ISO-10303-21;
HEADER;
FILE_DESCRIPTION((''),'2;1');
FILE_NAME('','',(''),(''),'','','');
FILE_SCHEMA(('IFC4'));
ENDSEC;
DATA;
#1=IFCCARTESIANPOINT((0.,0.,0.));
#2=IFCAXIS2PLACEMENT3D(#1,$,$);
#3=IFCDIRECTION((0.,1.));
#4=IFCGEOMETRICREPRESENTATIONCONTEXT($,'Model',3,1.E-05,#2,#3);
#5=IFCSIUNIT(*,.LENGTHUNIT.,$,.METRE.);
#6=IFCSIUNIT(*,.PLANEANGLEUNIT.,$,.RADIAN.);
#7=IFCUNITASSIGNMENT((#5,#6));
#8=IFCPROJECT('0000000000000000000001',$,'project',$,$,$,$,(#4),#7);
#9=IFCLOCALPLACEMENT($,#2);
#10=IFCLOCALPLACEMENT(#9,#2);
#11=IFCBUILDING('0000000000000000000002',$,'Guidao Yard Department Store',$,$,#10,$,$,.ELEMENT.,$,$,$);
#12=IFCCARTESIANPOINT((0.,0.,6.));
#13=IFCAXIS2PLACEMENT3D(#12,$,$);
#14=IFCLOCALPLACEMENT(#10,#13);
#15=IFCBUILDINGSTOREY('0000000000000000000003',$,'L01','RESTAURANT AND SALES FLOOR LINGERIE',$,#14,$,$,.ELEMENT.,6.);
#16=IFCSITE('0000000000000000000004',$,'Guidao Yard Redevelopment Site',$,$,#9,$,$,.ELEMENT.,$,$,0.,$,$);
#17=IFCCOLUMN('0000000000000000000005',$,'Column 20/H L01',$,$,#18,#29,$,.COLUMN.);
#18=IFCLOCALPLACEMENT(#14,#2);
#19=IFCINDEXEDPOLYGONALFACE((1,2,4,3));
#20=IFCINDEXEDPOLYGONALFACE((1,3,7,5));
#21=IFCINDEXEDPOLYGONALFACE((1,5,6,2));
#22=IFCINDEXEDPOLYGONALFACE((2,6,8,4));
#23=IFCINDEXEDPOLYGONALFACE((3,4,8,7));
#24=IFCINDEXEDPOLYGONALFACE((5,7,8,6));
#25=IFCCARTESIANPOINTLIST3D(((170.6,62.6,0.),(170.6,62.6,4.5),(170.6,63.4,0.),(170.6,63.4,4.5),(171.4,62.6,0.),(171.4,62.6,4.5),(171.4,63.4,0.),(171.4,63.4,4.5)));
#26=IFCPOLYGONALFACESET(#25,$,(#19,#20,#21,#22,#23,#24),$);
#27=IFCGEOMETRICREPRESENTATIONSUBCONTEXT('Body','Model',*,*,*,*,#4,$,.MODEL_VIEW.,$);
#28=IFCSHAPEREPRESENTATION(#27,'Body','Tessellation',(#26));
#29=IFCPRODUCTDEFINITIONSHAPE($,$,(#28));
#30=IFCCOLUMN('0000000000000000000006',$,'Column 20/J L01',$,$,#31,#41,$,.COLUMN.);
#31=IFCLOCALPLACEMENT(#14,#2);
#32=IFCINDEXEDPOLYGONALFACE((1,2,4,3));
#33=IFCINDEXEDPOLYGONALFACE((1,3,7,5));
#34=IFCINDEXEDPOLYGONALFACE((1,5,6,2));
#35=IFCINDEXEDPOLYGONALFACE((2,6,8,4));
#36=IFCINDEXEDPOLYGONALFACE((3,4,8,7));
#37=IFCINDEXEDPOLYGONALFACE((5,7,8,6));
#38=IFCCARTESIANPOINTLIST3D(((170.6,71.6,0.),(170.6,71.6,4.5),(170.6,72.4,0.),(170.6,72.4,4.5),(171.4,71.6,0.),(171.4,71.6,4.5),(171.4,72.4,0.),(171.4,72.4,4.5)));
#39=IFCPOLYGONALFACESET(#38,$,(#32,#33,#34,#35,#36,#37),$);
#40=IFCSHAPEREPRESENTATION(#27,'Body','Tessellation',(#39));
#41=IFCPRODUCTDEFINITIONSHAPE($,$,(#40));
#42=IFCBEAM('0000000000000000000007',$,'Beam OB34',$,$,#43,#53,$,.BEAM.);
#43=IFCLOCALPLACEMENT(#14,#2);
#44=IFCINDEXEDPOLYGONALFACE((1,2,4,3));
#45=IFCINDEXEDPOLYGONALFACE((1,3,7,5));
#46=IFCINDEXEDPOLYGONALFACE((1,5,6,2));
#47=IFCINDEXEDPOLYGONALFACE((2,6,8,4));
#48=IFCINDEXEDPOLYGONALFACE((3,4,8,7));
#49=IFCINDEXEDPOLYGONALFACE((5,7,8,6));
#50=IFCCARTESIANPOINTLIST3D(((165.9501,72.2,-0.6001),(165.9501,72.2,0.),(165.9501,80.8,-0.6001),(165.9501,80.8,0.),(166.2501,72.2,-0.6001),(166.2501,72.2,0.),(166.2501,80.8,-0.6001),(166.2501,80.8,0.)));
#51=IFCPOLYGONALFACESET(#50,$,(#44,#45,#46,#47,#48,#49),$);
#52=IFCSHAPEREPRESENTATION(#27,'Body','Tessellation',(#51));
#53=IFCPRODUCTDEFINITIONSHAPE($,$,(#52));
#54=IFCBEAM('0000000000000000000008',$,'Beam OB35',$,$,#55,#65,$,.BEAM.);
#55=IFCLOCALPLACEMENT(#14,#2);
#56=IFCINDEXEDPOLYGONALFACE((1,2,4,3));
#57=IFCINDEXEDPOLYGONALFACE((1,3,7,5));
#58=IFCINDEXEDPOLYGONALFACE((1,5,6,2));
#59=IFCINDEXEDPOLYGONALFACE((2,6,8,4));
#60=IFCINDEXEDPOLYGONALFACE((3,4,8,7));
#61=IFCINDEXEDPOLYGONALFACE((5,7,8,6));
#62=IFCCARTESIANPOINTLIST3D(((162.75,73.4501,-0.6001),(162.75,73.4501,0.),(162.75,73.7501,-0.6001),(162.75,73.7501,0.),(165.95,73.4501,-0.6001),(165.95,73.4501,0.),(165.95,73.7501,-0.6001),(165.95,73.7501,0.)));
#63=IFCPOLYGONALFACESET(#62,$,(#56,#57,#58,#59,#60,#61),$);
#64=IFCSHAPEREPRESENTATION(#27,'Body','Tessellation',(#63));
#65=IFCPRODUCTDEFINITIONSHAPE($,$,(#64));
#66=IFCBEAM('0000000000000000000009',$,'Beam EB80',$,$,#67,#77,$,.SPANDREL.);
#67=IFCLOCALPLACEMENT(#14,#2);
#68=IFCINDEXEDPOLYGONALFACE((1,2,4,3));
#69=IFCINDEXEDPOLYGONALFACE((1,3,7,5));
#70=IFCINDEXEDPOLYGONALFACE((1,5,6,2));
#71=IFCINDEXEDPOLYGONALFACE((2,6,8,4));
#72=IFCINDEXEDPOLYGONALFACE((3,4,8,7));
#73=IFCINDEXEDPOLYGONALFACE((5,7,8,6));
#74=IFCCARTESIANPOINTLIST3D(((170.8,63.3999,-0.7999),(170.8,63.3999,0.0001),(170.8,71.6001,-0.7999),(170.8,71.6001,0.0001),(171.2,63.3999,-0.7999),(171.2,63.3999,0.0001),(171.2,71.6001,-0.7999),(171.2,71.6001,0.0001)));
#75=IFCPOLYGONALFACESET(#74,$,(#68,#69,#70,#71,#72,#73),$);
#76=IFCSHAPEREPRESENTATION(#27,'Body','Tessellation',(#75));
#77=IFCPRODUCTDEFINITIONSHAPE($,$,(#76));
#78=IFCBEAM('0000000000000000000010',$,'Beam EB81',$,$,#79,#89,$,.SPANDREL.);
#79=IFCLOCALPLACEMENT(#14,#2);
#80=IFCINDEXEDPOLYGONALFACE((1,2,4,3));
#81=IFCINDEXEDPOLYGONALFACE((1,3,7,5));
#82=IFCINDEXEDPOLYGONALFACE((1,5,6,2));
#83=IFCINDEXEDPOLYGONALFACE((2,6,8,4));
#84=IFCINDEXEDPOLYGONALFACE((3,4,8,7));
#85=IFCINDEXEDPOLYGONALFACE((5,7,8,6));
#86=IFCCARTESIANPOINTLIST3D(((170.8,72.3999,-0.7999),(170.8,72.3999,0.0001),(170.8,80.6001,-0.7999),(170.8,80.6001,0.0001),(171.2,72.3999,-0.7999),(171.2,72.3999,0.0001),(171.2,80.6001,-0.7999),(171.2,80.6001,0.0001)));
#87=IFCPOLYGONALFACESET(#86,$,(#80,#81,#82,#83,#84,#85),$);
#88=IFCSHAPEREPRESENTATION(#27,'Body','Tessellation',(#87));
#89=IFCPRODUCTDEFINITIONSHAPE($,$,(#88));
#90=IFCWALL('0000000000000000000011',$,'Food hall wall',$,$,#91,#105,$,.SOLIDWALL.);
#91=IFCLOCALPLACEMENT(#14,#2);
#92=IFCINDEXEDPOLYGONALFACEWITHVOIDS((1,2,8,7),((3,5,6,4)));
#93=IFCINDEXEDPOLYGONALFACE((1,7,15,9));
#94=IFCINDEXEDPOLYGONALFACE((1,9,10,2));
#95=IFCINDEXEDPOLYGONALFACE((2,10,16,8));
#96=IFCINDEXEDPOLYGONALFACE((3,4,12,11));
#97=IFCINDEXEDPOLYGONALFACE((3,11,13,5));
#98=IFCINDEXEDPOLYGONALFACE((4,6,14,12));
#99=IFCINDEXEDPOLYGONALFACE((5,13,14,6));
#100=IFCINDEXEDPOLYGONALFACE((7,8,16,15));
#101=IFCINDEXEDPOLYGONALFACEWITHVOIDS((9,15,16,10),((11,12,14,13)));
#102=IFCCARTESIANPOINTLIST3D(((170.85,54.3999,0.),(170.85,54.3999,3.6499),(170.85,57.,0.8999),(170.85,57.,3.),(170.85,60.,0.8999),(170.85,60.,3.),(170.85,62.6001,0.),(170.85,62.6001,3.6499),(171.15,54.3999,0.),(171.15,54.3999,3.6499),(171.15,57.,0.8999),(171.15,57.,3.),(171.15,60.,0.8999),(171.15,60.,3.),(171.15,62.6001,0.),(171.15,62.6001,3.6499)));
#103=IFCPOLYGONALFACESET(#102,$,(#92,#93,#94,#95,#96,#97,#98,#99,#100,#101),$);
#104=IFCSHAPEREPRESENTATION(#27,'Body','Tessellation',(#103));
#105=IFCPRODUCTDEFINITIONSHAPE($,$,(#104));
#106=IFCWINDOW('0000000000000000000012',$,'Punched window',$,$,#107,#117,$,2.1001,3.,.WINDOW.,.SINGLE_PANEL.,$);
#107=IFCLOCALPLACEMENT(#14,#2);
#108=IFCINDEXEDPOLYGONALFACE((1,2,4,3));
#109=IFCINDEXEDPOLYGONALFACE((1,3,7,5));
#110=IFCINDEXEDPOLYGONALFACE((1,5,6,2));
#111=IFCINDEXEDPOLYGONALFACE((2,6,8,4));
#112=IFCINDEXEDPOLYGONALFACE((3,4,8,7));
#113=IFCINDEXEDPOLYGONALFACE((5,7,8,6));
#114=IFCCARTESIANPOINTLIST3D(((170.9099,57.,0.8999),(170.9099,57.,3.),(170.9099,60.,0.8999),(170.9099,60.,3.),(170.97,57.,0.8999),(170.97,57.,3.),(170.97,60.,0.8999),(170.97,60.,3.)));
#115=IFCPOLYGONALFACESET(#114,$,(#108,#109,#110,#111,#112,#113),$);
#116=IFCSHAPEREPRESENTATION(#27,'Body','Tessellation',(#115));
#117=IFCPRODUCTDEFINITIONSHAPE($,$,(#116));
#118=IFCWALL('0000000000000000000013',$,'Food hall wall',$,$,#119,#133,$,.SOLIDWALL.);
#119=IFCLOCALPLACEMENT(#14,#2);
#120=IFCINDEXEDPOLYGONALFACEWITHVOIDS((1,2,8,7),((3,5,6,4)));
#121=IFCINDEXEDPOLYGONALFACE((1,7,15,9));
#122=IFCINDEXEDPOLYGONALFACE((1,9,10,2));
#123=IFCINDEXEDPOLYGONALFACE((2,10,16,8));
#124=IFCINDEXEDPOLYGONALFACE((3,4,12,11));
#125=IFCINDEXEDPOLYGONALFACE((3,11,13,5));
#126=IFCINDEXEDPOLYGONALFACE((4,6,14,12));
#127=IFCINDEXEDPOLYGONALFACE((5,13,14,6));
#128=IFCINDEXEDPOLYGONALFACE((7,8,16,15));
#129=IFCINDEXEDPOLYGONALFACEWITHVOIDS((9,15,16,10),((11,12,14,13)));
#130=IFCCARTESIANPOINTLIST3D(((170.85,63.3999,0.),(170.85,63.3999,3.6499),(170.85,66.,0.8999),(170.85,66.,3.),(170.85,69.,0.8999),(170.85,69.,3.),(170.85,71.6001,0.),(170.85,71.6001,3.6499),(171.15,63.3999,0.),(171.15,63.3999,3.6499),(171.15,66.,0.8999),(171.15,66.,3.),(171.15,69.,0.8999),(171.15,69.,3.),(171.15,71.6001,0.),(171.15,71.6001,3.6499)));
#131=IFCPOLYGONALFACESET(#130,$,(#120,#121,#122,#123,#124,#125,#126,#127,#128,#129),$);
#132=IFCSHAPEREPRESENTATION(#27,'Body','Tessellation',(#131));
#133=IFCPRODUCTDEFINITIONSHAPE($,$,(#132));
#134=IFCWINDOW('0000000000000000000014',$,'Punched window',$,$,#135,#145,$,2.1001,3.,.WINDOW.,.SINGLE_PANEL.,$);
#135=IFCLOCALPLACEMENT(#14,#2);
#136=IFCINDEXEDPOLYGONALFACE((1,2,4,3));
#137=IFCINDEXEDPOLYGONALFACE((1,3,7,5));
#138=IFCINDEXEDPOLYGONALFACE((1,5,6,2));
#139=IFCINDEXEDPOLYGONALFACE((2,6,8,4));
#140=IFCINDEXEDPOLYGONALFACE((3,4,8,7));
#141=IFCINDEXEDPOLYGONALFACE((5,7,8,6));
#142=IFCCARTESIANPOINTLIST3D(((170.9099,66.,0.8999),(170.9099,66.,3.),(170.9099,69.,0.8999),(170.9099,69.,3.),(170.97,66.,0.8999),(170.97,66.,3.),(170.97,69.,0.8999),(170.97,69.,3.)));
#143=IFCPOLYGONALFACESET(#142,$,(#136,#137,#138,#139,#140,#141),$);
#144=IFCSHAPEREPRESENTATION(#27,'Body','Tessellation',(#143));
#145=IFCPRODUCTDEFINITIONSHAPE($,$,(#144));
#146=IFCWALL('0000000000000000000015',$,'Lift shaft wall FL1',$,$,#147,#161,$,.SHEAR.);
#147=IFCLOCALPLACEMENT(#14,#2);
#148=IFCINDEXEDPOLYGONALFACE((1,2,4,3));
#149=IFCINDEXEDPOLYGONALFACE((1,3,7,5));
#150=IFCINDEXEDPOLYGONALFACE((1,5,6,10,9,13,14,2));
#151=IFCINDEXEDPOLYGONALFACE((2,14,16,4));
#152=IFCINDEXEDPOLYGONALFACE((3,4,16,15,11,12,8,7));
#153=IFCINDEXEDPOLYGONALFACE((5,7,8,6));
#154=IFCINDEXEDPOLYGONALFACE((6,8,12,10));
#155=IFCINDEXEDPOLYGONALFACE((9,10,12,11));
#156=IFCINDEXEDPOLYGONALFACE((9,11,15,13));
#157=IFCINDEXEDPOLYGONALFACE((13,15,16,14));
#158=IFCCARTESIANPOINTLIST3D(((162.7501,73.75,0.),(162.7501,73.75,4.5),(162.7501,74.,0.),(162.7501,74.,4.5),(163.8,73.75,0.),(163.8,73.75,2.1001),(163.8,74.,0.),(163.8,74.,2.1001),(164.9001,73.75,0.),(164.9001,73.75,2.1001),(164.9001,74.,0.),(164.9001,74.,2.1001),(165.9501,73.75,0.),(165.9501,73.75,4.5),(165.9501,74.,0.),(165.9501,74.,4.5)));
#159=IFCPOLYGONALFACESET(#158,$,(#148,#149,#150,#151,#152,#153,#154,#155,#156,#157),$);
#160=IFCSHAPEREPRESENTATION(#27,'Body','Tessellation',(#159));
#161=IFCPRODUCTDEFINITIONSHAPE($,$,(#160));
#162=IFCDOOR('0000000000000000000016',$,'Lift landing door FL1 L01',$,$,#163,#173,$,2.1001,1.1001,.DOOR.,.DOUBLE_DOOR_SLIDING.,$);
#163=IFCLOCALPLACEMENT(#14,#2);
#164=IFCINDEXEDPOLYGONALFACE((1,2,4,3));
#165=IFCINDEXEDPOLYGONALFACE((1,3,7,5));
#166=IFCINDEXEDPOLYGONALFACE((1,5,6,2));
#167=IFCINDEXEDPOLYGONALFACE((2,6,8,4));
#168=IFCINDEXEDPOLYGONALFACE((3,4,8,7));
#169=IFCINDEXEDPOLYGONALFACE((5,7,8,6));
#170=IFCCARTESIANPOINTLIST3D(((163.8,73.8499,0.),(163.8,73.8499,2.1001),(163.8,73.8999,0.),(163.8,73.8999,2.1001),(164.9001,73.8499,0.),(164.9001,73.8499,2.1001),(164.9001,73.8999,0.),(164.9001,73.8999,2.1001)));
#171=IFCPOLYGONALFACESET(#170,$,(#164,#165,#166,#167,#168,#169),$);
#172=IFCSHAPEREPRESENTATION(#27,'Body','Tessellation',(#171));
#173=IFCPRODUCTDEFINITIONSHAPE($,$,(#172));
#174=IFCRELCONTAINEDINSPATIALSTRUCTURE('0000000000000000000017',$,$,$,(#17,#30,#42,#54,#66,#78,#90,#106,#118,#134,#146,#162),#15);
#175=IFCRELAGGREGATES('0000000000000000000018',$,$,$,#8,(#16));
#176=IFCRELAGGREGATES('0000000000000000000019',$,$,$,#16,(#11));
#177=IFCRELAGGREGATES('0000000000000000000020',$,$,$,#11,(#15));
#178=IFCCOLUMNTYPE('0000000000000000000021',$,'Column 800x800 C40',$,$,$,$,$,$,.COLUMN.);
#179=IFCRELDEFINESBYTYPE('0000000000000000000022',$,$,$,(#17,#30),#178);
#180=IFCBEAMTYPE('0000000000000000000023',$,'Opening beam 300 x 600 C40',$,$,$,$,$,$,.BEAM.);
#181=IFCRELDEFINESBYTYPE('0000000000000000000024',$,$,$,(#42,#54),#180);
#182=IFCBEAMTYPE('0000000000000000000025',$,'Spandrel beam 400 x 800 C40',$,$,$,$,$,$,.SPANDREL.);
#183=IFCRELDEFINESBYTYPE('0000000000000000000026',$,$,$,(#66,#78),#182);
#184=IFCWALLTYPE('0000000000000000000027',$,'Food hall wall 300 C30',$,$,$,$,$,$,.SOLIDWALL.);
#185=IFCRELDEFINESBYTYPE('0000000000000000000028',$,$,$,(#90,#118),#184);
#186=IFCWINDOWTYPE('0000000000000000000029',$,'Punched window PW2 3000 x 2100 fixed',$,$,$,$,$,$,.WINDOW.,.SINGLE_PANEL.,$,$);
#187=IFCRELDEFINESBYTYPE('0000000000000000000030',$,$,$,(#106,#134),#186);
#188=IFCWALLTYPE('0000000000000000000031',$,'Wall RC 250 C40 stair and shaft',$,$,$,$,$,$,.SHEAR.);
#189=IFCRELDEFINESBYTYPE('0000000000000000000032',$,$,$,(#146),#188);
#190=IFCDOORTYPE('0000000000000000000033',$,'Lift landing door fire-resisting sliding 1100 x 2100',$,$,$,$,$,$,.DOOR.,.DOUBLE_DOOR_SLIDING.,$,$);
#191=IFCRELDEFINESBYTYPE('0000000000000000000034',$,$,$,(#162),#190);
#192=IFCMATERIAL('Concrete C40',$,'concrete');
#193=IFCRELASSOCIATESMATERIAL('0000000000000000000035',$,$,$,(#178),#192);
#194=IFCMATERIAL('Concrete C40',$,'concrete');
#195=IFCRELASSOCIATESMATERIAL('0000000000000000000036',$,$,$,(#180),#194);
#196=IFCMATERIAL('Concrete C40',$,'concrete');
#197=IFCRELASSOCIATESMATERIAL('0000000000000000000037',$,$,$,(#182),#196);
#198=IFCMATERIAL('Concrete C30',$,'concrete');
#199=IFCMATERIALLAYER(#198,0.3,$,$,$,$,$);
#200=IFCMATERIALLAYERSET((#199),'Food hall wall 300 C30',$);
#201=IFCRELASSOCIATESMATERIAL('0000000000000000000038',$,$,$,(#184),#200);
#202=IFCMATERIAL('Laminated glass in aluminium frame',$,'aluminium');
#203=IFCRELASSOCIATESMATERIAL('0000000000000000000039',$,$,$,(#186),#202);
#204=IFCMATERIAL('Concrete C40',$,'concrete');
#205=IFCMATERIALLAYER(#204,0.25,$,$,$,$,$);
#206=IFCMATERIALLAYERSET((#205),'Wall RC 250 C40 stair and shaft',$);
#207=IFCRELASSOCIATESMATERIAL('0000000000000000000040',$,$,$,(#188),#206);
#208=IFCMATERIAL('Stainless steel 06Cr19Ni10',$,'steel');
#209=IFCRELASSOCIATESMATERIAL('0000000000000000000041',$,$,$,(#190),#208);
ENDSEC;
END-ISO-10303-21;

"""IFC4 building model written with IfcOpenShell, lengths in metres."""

from ifc_helpers import new_model, si_unit, direction, frame, frame_2d, origin, origin_2d, place, context, subcontext, project, spatial, rectangle, extrude, material, layer, layer_set, material_profile, profile_set, type_object, element, fill, save


model = new_model("IFC4")

# Units and contexts
model_context = context("Model", 3, precision=1e-05, world=origin(), true_north=direction((0.0, 1.0)))
body_context = subcontext(model_context, "Body", "Model", "MODEL_VIEW")
ifc_project = project(units=[si_unit("LENGTHUNIT", "METRE"), si_unit("PLANEANGLEUNIT", "RADIAN")], contexts=[model_context])

# Site, building, storey
site_placement = place(None, origin())
site = spatial("IfcSite", under=ifc_project, at=site_placement, Name="Guidao Yard Redevelopment Site", CompositionType="ELEMENT", RefElevation=0.0)
building_placement = place(site_placement, origin())
building = spatial("IfcBuilding", under=site, at=building_placement, Name="Guidao Yard Department Store", CompositionType="ELEMENT")
storey_placement = place(building_placement, frame((0.0, 0.0, 6.0)))
storey = spatial("IfcBuildingStorey", under=building, at=storey_placement, Name="L01", Description="RESTAURANT AND SALES FLOOR LINGERIE", CompositionType="ELEMENT", Elevation=6.0)

# Columns
ifc_material_1 = material(Name="Concrete C40", Category="concrete")
ifc_material_profile_1 = material_profile(ifc_material_1, rectangle(XDim=0.8, YDim=0.8, at=origin_2d()), Name="COL 800x800")
ifc_profile_set_1 = profile_set([ifc_material_profile_1], Name="Concrete C40")
column_type = type_object("IfcColumnType", Name="Column 800x800 C40", PredefinedType="COLUMN", material=ifc_profile_set_1)
for number, where, z_axis, x_axis, name in (
    (1, (171.0, 63.0, 0.0), (0.0, 0.0, 1.0), (1.0, 0.0, 0.0), "Column 20/H L01"),
    (2, (171.0, 72.0, 0.0), (0.0, 0.0, 1.0), (1.0, 0.0, 0.0), "Column 20/J L01"),
):
    element("IfcColumn", number, at=place(storey_placement, frame(where, z_axis=z_axis, x_axis=x_axis)), inside=storey, type_object=column_type, Name=name, PredefinedType="COLUMN", context=body_context, shape_type="SweptSolid", body=[
        extrude(rectangle(XDim=0.8, YDim=0.8, at=origin_2d()), origin(), (0.0, 0.0, 1.0), 4.5),
    ])

# Beams
ifc_material_2 = material(Name="Concrete C40", Category="concrete")
ifc_material_profile_2 = material_profile(ifc_material_2, rectangle(XDim=0.3, YDim=0.6001, at=origin_2d()), Name="Opening beam 300 x 600 C40")
ifc_profile_set_2 = profile_set([ifc_material_profile_2], Name="Concrete C40")
beam_type_1 = type_object("IfcBeamType", Name="Opening beam 300 x 600 C40", PredefinedType="BEAM", material=ifc_profile_set_2)
beam_1_placement = place(storey_placement, frame((166.1001, 72.2, -0.3), z_axis=(0.0, 1.0, 0.0), x_axis=(-1.0, 0.0, 0.0)))
element("IfcBeam", 3, at=beam_1_placement, inside=storey, type_object=beam_type_1, Name="Beam OB34", PredefinedType="BEAM", context=body_context, shape_type="SweptSolid", body=[
    extrude(rectangle(XDim=0.3, YDim=0.6001, at=origin_2d()), origin(), (0.0, 0.0, 1.0), 8.6001),
])
beam_2_placement = place(storey_placement, frame((162.75, 73.6001, -0.3), z_axis=(1.0, 0.0, 0.0), x_axis=(0.0, 1.0, 0.0)))
element("IfcBeam", 4, at=beam_2_placement, inside=storey, type_object=beam_type_1, Name="Beam OB35", PredefinedType="BEAM", context=body_context, shape_type="SweptSolid", body=[
    extrude(rectangle(XDim=0.3, YDim=0.6001, at=origin_2d()), origin(), (0.0, 0.0, 1.0), 3.2),
])
ifc_material_3 = material(Name="Concrete C40", Category="concrete")
ifc_material_profile_3 = material_profile(ifc_material_3, rectangle(XDim=0.3999, YDim=0.8, at=origin_2d()), Name="Spandrel beam 400 x 800 C40")
ifc_profile_set_3 = profile_set([ifc_material_profile_3], Name="Concrete C40")
beam_type_2 = type_object("IfcBeamType", Name="Spandrel beam 400 x 800 C40", PredefinedType="SPANDREL", material=ifc_profile_set_3)
for number, where, z_axis, x_axis, name in (
    (5, (171.0, 63.3999, -0.3999), (0.0, 1.0, 0.0), (-1.0, 0.0, 0.0), "Beam EB80"),
    (6, (171.0, 72.3999, -0.3999), (0.0, 1.0, 0.0), (-1.0, 0.0, 0.0), "Beam EB81"),
):
    element("IfcBeam", number, at=place(storey_placement, frame(where, z_axis=z_axis, x_axis=x_axis)), inside=storey, type_object=beam_type_2, Name=name, PredefinedType="SPANDREL", context=body_context, shape_type="SweptSolid", body=[
        extrude(rectangle(XDim=0.3999, YDim=0.8, at=origin_2d()), origin(), (0.0, 0.0, 1.0), 8.2002),
    ])

# Walls, openings, windows
ifc_material_4 = material(Name="Concrete C30", Category="concrete")
ifc_layer_1 = layer(ifc_material_4, 0.3)
ifc_layer_set_1 = layer_set([ifc_layer_1], Name="Food hall wall 300 C30")
wall_type_1 = type_object("IfcWallType", Name="Food hall wall 300 C30", PredefinedType="SOLIDWALL", material=ifc_layer_set_1)
wall_1_placement = place(storey_placement, frame((171.0, 62.6001, 0.0), z_axis=(0.0, 0.0, 1.0), x_axis=(0.0, -1.0, 0.0)))
wall_1 = element("IfcWall", 7, at=wall_1_placement, inside=storey, type_object=wall_type_1, Name="Food hall wall", PredefinedType="SOLIDWALL", context=body_context, shape_type="SweptSolid", body=[
    extrude(rectangle(XDim=8.2002, YDim=0.3, at=frame_2d((4.1001, 0.0))), origin(), (0.0, 0.0, 1.0), 3.6499),
])
opening_1_placement = place(wall_1_placement, frame((2.6001, 0.0, 0.8999)))
opening_1 = element("IfcOpeningElement", 8, at=opening_1_placement, cuts=wall_1, PredefinedType="OPENING", context=body_context, shape_type="SweptSolid", body=[
    extrude(rectangle(XDim=3.0, YDim=2.1001, at=frame_2d((1.5, 1.05))), frame((0.0, 0.1599, 0.0), z_axis=(0.0, -1.0, 0.0), x_axis=(1.0, 0.0, 0.0)), (0.0, 0.0, 1.0), 0.3201),
])
ifc_material_5 = material(Name="Laminated glass in aluminium frame", Category="aluminium")
window_type = type_object("IfcWindowType", Name="Punched window PW2 3000 x 2100 fixed", PartitioningType="SINGLE_PANEL", PredefinedType="WINDOW", material=ifc_material_5)
window_1_placement = place(opening_1_placement, origin())
window_1 = element("IfcWindow", 9, at=window_1_placement, inside=storey, type_object=window_type, Name="Punched window", OverallHeight=2.1001, OverallWidth=3.0, PartitioningType="SINGLE_PANEL", PredefinedType="WINDOW", context=body_context, shape_type="SweptSolid", body=[
    extrude(rectangle(XDim=3.0, YDim=2.1001, at=frame_2d((1.5, 1.05))), frame((0.0, -0.03, 0.0), z_axis=(0.0, -1.0, 0.0), x_axis=(1.0, 0.0, 0.0)), (0.0, 0.0, 1.0), 0.0601),
])
fill(opening_1, window_1)
wall_2_placement = place(storey_placement, frame((171.0, 71.6001, 0.0), z_axis=(0.0, 0.0, 1.0), x_axis=(0.0, -1.0, 0.0)))
wall_2 = element("IfcWall", 10, at=wall_2_placement, inside=storey, type_object=wall_type_1, Name="Food hall wall", PredefinedType="SOLIDWALL", context=body_context, shape_type="SweptSolid", body=[
    extrude(rectangle(XDim=8.2002, YDim=0.3, at=frame_2d((4.1001, 0.0))), origin(), (0.0, 0.0, 1.0), 3.6499),
])
opening_2_placement = place(wall_2_placement, frame((2.6001, 0.0, 0.8999)))
opening_2 = element("IfcOpeningElement", 11, at=opening_2_placement, cuts=wall_2, PredefinedType="OPENING", context=body_context, shape_type="SweptSolid", body=[
    extrude(rectangle(XDim=3.0, YDim=2.1001, at=frame_2d((1.5, 1.05))), frame((0.0, 0.1599, 0.0), z_axis=(0.0, -1.0, 0.0), x_axis=(1.0, 0.0, 0.0)), (0.0, 0.0, 1.0), 0.3201),
])
window_2_placement = place(opening_2_placement, origin())
window_2 = element("IfcWindow", 12, at=window_2_placement, inside=storey, type_object=window_type, Name="Punched window", OverallHeight=2.1001, OverallWidth=3.0, PartitioningType="SINGLE_PANEL", PredefinedType="WINDOW", context=body_context, shape_type="SweptSolid", body=[
    extrude(rectangle(XDim=3.0, YDim=2.1001, at=frame_2d((1.5, 1.05))), frame((0.0, -0.03, 0.0), z_axis=(0.0, -1.0, 0.0), x_axis=(1.0, 0.0, 0.0)), (0.0, 0.0, 1.0), 0.0601),
])
fill(opening_2, window_2)

# Wall, opening, door
ifc_material_6 = material(Name="Concrete C40", Category="concrete")
ifc_layer_2 = layer(ifc_material_6, 0.25)
ifc_layer_set_2 = layer_set([ifc_layer_2], Name="Wall RC 250 C40 stair and shaft")
wall_type_2 = type_object("IfcWallType", Name="Wall RC 250 C40 stair and shaft", PredefinedType="SHEAR", material=ifc_layer_set_2)
wall_3_placement = place(storey_placement, frame((162.75, 73.875, 0.0), z_axis=(0.0, 0.0, 1.0), x_axis=(1.0, 0.0, 0.0)))
wall_3 = element("IfcWall", 13, at=wall_3_placement, inside=storey, type_object=wall_type_2, Name="Lift shaft wall FL1", PredefinedType="SHEAR", context=body_context, shape_type="SweptSolid", body=[
    extrude(rectangle(XDim=3.2, YDim=0.25, at=frame_2d((1.6001, 0.0))), origin(), (0.0, 0.0, 1.0), 4.5),
])
opening_3_placement = place(wall_3_placement, frame((1.05, 0.0, 0.0)))
opening_3 = element("IfcOpeningElement", 14, at=opening_3_placement, cuts=wall_3, PredefinedType="OPENING", context=body_context, shape_type="SweptSolid", body=[
    extrude(rectangle(XDim=1.1001, YDim=2.1001, at=frame_2d((0.55, 1.05))), frame((0.0, 0.135, 0.0), z_axis=(0.0, -1.0, 0.0), x_axis=(1.0, 0.0, 0.0)), (0.0, 0.0, 1.0), 0.27),
])
ifc_material_7 = material(Name="Stainless steel 06Cr19Ni10", Category="steel")
door_type = type_object("IfcDoorType", Name="Lift landing door fire-resisting sliding 1100 x 2100", OperationType="DOUBLE_DOOR_SLIDING", PredefinedType="DOOR", material=ifc_material_7)
door_placement = place(opening_3_placement, origin())
door = element("IfcDoor", 15, at=door_placement, inside=storey, type_object=door_type, Name="Lift landing door FL1 L01", OperationType="DOUBLE_DOOR_SLIDING", OverallHeight=2.1001, OverallWidth=1.1001, PredefinedType="DOOR", context=body_context, shape_type="SweptSolid", body=[
    extrude(rectangle(XDim=1.1001, YDim=2.1001, at=frame_2d((0.55, 1.05))), frame((0.0, 0.0249, 0.0), z_axis=(0.0, -1.0, 0.0), x_axis=(1.0, 0.0, 0.0)), (0.0, 0.0, 1.0), 0.05),
])
fill(opening_3, door)

save(model, "model.ifc")
